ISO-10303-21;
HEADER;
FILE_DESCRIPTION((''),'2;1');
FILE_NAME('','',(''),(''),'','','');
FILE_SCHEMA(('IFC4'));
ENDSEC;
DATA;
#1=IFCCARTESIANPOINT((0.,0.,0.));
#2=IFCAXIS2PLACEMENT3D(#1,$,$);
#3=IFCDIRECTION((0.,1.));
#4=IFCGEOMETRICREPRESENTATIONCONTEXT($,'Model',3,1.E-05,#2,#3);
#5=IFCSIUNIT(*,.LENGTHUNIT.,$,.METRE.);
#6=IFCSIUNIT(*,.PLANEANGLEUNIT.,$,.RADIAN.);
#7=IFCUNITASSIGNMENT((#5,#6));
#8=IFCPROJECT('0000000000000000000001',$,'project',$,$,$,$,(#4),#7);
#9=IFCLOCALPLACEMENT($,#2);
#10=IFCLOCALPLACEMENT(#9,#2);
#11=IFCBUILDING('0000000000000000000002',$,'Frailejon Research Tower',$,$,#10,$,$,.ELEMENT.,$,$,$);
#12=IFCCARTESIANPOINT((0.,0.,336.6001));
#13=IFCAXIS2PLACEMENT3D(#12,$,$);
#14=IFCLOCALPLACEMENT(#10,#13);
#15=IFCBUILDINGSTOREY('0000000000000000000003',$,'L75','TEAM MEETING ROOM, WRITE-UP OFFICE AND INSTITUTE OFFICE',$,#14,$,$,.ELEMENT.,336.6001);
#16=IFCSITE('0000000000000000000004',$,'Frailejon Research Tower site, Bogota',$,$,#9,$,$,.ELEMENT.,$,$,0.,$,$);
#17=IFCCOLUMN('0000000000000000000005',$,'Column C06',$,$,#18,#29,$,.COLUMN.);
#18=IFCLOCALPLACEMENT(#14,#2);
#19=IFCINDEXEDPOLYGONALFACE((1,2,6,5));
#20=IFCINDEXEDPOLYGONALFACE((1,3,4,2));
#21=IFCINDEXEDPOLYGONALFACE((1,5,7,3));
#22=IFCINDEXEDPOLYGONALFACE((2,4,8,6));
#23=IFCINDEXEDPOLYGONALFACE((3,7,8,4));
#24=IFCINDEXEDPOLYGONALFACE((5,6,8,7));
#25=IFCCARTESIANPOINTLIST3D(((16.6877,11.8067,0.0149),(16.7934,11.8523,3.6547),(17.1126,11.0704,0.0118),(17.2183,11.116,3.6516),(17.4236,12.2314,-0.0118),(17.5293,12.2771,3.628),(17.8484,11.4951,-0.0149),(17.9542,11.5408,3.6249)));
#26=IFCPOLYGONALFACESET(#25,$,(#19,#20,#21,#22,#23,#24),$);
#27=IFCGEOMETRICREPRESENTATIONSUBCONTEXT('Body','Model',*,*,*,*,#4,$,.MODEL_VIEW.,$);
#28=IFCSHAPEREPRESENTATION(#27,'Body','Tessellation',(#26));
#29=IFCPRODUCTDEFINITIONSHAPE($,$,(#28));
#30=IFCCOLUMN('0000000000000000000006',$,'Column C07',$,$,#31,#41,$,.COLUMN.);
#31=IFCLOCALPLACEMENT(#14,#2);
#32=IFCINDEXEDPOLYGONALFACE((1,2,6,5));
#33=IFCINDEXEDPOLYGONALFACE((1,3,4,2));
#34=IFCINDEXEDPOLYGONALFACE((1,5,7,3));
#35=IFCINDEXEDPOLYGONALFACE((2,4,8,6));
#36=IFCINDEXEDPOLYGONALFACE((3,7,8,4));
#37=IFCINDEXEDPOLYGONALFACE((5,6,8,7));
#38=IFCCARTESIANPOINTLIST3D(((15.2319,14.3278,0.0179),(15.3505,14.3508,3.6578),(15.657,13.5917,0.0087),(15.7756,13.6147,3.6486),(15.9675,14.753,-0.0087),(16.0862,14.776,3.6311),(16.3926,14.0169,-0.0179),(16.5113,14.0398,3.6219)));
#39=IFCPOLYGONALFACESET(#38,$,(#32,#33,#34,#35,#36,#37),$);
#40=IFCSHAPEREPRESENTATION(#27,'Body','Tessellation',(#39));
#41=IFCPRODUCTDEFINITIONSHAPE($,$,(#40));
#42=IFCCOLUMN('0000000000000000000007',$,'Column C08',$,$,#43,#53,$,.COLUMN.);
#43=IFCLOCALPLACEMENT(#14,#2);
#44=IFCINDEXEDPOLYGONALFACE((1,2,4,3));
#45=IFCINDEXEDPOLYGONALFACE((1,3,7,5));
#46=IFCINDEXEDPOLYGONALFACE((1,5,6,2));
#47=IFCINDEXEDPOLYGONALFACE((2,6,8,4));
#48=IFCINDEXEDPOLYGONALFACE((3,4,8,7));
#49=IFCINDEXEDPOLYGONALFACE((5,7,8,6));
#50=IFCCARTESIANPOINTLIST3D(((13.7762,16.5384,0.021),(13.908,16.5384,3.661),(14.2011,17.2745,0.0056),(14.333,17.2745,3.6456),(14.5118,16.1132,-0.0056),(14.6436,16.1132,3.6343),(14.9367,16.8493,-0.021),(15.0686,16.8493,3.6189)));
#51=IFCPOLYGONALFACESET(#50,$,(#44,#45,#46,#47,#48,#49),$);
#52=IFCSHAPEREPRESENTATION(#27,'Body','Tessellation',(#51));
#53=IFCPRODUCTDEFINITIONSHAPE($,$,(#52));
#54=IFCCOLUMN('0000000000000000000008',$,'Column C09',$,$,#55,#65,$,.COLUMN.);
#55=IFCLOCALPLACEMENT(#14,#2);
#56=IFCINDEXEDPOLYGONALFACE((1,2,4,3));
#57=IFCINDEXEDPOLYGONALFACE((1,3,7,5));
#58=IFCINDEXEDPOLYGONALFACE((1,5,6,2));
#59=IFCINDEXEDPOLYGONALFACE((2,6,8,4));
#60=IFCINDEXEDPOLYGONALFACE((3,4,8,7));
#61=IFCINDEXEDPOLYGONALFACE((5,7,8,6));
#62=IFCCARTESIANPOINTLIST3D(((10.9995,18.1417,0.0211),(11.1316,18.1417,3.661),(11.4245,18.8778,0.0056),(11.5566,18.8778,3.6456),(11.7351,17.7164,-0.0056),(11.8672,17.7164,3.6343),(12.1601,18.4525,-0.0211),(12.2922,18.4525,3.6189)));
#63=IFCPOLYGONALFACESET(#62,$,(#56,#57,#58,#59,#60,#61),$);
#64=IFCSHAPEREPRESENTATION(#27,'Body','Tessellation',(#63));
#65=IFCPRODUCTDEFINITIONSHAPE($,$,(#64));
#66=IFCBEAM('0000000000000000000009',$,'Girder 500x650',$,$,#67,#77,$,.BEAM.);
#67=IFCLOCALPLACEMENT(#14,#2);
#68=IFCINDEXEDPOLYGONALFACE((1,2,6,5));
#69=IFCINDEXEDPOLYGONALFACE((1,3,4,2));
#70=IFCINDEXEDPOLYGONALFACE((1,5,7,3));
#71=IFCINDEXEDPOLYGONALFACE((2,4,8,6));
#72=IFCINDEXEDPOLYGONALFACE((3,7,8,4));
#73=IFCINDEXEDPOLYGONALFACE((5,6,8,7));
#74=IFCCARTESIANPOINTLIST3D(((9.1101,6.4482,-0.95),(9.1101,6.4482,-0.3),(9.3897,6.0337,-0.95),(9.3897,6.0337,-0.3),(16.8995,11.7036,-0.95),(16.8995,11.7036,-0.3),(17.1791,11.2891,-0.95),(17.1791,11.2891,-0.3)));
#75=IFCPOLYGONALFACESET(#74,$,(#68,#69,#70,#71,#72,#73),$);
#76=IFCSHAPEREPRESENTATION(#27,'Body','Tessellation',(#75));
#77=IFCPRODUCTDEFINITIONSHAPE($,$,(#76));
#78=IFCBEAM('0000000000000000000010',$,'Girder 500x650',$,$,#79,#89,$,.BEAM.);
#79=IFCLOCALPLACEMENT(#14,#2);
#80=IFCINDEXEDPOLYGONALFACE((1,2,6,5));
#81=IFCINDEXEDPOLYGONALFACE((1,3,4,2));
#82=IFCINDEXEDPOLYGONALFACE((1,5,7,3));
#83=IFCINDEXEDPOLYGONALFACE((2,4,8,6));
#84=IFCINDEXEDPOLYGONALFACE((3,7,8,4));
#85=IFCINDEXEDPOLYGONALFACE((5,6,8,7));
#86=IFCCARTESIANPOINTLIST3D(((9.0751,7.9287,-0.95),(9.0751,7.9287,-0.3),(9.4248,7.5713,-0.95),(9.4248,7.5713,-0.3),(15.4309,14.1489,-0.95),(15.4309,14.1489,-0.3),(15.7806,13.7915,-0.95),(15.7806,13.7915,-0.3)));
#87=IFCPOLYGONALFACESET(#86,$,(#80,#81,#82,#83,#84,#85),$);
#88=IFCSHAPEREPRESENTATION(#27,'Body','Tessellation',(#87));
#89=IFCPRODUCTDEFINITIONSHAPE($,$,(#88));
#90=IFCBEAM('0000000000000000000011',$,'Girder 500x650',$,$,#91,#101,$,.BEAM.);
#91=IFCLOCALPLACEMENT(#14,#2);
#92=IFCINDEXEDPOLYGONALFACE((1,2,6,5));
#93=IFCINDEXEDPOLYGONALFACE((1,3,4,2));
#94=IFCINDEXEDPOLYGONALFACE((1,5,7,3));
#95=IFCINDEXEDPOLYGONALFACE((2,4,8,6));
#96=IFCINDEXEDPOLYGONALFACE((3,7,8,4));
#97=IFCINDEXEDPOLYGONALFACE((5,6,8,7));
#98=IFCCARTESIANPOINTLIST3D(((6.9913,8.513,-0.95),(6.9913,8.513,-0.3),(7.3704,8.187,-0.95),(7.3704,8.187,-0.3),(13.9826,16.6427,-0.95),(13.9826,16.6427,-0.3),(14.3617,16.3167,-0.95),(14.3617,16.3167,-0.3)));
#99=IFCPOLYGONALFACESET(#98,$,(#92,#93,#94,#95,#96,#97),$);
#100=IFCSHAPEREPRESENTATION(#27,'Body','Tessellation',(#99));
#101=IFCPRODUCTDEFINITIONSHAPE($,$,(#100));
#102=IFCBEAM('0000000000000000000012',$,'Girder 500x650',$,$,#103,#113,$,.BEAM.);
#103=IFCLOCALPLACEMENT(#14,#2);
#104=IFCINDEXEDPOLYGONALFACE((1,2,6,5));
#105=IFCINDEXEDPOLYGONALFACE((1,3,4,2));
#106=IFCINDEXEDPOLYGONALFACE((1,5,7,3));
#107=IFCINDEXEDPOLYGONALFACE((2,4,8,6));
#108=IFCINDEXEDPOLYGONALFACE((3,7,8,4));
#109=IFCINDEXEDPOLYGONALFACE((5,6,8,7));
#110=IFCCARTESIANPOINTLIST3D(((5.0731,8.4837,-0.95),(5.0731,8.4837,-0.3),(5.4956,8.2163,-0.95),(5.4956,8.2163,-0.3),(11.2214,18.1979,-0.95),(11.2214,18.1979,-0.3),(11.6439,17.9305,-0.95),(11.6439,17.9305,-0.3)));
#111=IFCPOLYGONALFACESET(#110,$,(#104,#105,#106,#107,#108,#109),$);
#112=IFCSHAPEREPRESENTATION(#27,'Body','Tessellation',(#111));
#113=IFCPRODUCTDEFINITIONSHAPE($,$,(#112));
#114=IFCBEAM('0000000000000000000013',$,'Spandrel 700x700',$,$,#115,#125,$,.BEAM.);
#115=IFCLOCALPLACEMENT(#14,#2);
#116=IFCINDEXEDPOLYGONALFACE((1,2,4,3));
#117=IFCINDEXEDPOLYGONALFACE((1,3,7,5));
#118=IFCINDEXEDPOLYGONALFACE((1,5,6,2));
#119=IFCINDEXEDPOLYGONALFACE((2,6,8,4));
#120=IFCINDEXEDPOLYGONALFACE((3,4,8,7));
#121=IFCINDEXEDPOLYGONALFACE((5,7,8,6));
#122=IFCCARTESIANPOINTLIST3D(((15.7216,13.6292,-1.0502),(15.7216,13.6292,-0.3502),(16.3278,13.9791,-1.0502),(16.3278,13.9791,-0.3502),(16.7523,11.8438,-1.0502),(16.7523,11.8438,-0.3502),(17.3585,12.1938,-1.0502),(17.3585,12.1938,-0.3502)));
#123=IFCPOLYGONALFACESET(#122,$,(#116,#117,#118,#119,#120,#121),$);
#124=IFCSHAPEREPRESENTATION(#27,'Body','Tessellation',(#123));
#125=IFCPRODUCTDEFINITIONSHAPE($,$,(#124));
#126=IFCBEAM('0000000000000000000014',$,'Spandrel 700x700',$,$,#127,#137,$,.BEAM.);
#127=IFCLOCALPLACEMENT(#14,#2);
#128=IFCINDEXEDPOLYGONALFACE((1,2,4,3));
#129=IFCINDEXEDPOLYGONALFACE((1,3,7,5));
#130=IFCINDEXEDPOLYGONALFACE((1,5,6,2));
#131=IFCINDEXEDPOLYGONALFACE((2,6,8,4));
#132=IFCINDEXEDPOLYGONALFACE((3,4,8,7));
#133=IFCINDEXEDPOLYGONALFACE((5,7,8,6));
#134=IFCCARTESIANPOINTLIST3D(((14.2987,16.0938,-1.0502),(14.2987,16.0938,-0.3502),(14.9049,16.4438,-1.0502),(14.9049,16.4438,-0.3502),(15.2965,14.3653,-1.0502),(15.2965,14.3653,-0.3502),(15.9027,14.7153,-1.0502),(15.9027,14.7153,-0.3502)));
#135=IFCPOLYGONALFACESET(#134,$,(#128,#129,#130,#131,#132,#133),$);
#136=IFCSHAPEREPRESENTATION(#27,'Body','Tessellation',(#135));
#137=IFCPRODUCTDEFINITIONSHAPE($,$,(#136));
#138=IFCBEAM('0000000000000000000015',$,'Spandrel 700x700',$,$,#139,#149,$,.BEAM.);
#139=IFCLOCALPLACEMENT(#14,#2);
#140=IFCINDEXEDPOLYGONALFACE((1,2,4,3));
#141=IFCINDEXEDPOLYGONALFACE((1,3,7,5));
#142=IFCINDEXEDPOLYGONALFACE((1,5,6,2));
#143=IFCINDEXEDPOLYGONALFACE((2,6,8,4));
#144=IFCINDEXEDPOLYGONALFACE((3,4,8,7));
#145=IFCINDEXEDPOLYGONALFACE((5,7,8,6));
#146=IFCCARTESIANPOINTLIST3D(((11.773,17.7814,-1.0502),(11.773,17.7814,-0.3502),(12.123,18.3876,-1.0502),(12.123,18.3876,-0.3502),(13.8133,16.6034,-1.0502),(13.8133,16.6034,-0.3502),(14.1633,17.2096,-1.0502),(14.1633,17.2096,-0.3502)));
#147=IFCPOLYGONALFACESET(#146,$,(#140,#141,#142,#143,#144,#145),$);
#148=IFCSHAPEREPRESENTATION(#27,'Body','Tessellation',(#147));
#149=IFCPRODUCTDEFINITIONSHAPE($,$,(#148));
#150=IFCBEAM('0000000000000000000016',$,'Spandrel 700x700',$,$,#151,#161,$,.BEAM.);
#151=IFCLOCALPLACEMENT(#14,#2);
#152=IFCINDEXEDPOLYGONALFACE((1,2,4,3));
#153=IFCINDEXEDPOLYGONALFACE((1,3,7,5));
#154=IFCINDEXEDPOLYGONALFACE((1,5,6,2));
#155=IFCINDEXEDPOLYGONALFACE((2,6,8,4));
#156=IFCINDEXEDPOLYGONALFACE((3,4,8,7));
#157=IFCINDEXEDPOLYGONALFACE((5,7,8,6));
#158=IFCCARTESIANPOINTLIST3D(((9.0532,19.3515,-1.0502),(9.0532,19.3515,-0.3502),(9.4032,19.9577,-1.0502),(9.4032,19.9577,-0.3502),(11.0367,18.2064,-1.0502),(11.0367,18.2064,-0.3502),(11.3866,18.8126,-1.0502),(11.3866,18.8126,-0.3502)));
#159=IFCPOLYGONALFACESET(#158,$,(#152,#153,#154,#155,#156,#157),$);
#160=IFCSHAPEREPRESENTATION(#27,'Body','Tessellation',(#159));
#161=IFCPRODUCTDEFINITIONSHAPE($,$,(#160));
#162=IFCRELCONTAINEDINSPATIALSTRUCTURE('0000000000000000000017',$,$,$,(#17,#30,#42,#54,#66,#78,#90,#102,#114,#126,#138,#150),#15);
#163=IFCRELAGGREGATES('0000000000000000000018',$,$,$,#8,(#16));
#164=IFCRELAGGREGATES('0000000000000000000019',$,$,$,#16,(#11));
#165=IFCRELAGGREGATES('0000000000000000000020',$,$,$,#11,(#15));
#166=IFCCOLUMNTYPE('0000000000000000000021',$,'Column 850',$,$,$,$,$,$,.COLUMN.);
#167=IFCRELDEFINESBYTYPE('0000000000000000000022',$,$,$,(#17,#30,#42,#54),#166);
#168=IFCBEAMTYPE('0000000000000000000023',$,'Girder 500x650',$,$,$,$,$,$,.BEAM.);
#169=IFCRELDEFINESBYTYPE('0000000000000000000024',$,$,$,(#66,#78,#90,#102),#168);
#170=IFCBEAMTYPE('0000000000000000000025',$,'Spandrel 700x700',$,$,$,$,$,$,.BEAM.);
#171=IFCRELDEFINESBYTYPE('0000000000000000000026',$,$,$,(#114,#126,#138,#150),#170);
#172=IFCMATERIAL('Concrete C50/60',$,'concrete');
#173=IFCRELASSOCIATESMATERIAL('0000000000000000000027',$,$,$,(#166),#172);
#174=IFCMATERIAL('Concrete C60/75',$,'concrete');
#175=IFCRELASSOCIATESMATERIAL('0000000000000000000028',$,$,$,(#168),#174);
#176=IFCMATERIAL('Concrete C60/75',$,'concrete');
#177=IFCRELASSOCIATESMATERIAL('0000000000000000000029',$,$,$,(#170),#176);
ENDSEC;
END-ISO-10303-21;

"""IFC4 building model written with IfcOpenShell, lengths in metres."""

from ifc_helpers import new_model, si_unit, direction, frame, origin, origin_2d, place, context, subcontext, project, spatial, rectangle, extrude, material, material_profile, profile_set, type_object, element, save


model = new_model("IFC4")

# Units and contexts
model_context = context("Model", 3, precision=1e-05, world=origin(), true_north=direction((0.0, 1.0)))
body_context = subcontext(model_context, "Body", "Model", "MODEL_VIEW")
ifc_project = project(units=[si_unit("LENGTHUNIT", "METRE"), si_unit("PLANEANGLEUNIT", "RADIAN")], contexts=[model_context])

# Site, building, storey
site_placement = place(None, origin())
site = spatial("IfcSite", under=ifc_project, at=site_placement, Name="Frailejon Research Tower site, Bogota", CompositionType="ELEMENT", RefElevation=0.0)
building_placement = place(site_placement, origin())
building = spatial("IfcBuilding", under=site, at=building_placement, Name="Frailejon Research Tower", CompositionType="ELEMENT")
storey_placement = place(building_placement, frame((0.0, 0.0, 336.6001)))
storey = spatial("IfcBuildingStorey", under=building, at=storey_placement, Name="L75", Description="TEAM MEETING ROOM, WRITE-UP OFFICE AND INSTITUTE OFFICE", CompositionType="ELEMENT", Elevation=336.6001)

# Columns
ifc_material_1 = material(Name="Concrete C50/60", Category="concrete")
ifc_material_profile_1 = material_profile(ifc_material_1, rectangle(XDim=0.8501, YDim=0.8501, at=origin_2d()), Name="Column 850")
ifc_profile_set_1 = profile_set([ifc_material_profile_1], Name="Concrete C50/60")
column_type = type_object("IfcColumnType", Name="Column 850", PredefinedType="COLUMN", material=ifc_profile_set_1)
column_1_placement = place(storey_placement, frame((17.2681, 11.6509, 0.0), z_axis=(0.029028, 0.012536, 0.9995), x_axis=(-0.499793, 0.866137, 0.003652)))
element("IfcColumn", 1, at=column_1_placement, inside=storey, type_object=column_type, Name="Column C06", PredefinedType="COLUMN", context=body_context, shape_type="SweptSolid", body=[
    extrude(rectangle(XDim=0.8501, YDim=0.8501, at=origin_2d()), origin(), (0.0, 0.0, 1.0), 3.6416),
])
column_2_placement = place(storey_placement, frame((15.8123, 14.1724, 0.0), z_axis=(0.03258, 0.006301, 0.999449), x_axis=(-0.50006, 0.865923, 0.010841)))
element("IfcColumn", 2, at=column_2_placement, inside=storey, type_object=column_type, Name="Column C07", PredefinedType="COLUMN", context=body_context, shape_type="SweptSolid", body=[
    extrude(rectangle(XDim=0.8501, YDim=0.8501, at=origin_2d()), origin(), (0.0, 0.0, 1.0), 3.6418),
])
for number, where, z_axis, x_axis, name in (
    (3, (14.3564, 16.6938, 0.0), (0.036196, 0.0, 0.999345), (-0.865316, 0.500246, 0.031342), "Column C08"),
    (4, (11.5798, 18.2971, 0.0), (0.036263, 0.0, 0.999342), (-0.865314, 0.500246, 0.031399), "Column C09"),
):
    element("IfcColumn", number, at=place(storey_placement, frame(where, z_axis=z_axis, x_axis=x_axis)), inside=storey, type_object=column_type, Name=name, PredefinedType="COLUMN", context=body_context, shape_type="SweptSolid", body=[
        extrude(rectangle(XDim=0.8501, YDim=0.8501, at=origin_2d()), origin(), (0.0, 0.0, 1.0), 3.6423),
    ])

# Beams
ifc_material_2 = material(Name="Concrete C60/75", Category="concrete")
ifc_material_profile_2 = material_profile(ifc_material_2, rectangle(XDim=0.5, YDim=0.6499, at=origin_2d()), Name="Girder 500x650")
ifc_profile_set_2 = profile_set([ifc_material_profile_2], Name="Concrete C60/75")
beam_type_1 = type_object("IfcBeamType", Name="Girder 500x650", PredefinedType="BEAM", material=ifc_profile_set_2)
beam_1_placement = place(storey_placement, frame((17.0393, 11.4963, -0.625), z_axis=(-0.828968, -0.559297, 0.0), x_axis=(0.559297, -0.828968, 0.0)))
element("IfcBeam", 5, at=beam_1_placement, inside=storey, type_object=beam_type_1, Name="Girder 500x650", PredefinedType="BEAM", context=body_context, shape_type="SweptSolid", body=[
    extrude(rectangle(XDim=0.5, YDim=0.6499, at=origin_2d()), origin(), (0.0, 0.0, 1.0), 9.3965),
])
beam_2_placement = place(storey_placement, frame((15.6057, 13.9702, -0.625), z_axis=(-0.714684, -0.699448, 0.0), x_axis=(0.699448, -0.714684, 0.0)))
element("IfcBeam", 6, at=beam_2_placement, inside=storey, type_object=beam_type_1, Name="Girder 500x650", PredefinedType="BEAM", context=body_context, shape_type="SweptSolid", body=[
    extrude(rectangle(XDim=0.5, YDim=0.6499, at=origin_2d()), origin(), (0.0, 0.0, 1.0), 8.8931),
])
beam_3_placement = place(storey_placement, frame((14.1721, 16.4797, -0.625), z_axis=(-0.652024, -0.758198, 0.0), x_axis=(0.758198, -0.652024, 0.0)))
element("IfcBeam", 7, at=beam_3_placement, inside=storey, type_object=beam_type_1, Name="Girder 500x650", PredefinedType="BEAM", context=body_context, shape_type="SweptSolid", body=[
    extrude(rectangle(XDim=0.5, YDim=0.6499, at=origin_2d()), origin(), (0.0, 0.0, 1.0), 10.7224),
])
beam_4_placement = place(storey_placement, frame((11.4326, 18.0642, -0.625), z_axis=(-0.534799, -0.844979, 0.0), x_axis=(0.844979, -0.534799, 0.0)))
element("IfcBeam", 8, at=beam_4_placement, inside=storey, type_object=beam_type_1, Name="Girder 500x650", PredefinedType="BEAM", context=body_context, shape_type="SweptSolid", body=[
    extrude(rectangle(XDim=0.5, YDim=0.6499, at=origin_2d()), origin(), (0.0, 0.0, 1.0), 11.4963),
])
ifc_material_3 = material(Name="Concrete C60/75", Category="concrete")
ifc_material_profile_3 = material_profile(ifc_material_3, rectangle(XDim=0.7, YDim=0.7, at=origin_2d()), Name="Spandrel 700x700")
ifc_profile_set_3 = profile_set([ifc_material_profile_3], Name="Concrete C60/75")
beam_type_2 = type_object("IfcBeamType", Name="Spandrel 700x700", PredefinedType="BEAM", material=ifc_profile_set_3)
beam_5_placement = place(storey_placement, frame((17.0554, 12.0188, -0.7002), z_axis=(-0.499986, 0.866034, 0.0), x_axis=(-0.866034, -0.499986, 0.0)))
element("IfcBeam", 9, at=beam_5_placement, inside=storey, type_object=beam_type_2, Name="Spandrel 700x700", PredefinedType="BEAM", context=body_context, shape_type="SweptSolid", body=[
    extrude(rectangle(XDim=0.7, YDim=0.7, at=origin_2d()), origin(), (0.0, 0.0, 1.0), 2.0615),
])
beam_6_placement = place(storey_placement, frame((15.5996, 14.5403, -0.7002), z_axis=(-0.499941, 0.866059, 0.0), x_axis=(-0.866059, -0.499941, 0.0)))
element("IfcBeam", 10, at=beam_6_placement, inside=storey, type_object=beam_type_2, Name="Spandrel 700x700", PredefinedType="BEAM", context=body_context, shape_type="SweptSolid", body=[
    extrude(rectangle(XDim=0.7, YDim=0.7, at=origin_2d()), origin(), (0.0, 0.0, 1.0), 1.9958),
])
beam_7_placement = place(storey_placement, frame((13.9883, 16.9065, -0.7002), z_axis=(-0.866022, 0.500007, 0.0), x_axis=(-0.500007, -0.866022, 0.0)))
element("IfcBeam", 11, at=beam_7_placement, inside=storey, type_object=beam_type_2, Name="Spandrel 700x700", PredefinedType="BEAM", context=body_context, shape_type="SweptSolid", body=[
    extrude(rectangle(XDim=0.7, YDim=0.7, at=origin_2d()), origin(), (0.0, 0.0, 1.0), 2.356),
])
beam_8_placement = place(storey_placement, frame((11.2117, 18.5095, -0.7002), z_axis=(-0.866044, 0.499969, 0.0), x_axis=(-0.499969, -0.866044, 0.0)))
element("IfcBeam", 12, at=beam_8_placement, inside=storey, type_object=beam_type_2, Name="Spandrel 700x700", PredefinedType="BEAM", context=body_context, shape_type="SweptSolid", body=[
    extrude(rectangle(XDim=0.7, YDim=0.7, at=origin_2d()), origin(), (0.0, 0.0, 1.0), 2.2903),
])

save(model, "model.ifc")
